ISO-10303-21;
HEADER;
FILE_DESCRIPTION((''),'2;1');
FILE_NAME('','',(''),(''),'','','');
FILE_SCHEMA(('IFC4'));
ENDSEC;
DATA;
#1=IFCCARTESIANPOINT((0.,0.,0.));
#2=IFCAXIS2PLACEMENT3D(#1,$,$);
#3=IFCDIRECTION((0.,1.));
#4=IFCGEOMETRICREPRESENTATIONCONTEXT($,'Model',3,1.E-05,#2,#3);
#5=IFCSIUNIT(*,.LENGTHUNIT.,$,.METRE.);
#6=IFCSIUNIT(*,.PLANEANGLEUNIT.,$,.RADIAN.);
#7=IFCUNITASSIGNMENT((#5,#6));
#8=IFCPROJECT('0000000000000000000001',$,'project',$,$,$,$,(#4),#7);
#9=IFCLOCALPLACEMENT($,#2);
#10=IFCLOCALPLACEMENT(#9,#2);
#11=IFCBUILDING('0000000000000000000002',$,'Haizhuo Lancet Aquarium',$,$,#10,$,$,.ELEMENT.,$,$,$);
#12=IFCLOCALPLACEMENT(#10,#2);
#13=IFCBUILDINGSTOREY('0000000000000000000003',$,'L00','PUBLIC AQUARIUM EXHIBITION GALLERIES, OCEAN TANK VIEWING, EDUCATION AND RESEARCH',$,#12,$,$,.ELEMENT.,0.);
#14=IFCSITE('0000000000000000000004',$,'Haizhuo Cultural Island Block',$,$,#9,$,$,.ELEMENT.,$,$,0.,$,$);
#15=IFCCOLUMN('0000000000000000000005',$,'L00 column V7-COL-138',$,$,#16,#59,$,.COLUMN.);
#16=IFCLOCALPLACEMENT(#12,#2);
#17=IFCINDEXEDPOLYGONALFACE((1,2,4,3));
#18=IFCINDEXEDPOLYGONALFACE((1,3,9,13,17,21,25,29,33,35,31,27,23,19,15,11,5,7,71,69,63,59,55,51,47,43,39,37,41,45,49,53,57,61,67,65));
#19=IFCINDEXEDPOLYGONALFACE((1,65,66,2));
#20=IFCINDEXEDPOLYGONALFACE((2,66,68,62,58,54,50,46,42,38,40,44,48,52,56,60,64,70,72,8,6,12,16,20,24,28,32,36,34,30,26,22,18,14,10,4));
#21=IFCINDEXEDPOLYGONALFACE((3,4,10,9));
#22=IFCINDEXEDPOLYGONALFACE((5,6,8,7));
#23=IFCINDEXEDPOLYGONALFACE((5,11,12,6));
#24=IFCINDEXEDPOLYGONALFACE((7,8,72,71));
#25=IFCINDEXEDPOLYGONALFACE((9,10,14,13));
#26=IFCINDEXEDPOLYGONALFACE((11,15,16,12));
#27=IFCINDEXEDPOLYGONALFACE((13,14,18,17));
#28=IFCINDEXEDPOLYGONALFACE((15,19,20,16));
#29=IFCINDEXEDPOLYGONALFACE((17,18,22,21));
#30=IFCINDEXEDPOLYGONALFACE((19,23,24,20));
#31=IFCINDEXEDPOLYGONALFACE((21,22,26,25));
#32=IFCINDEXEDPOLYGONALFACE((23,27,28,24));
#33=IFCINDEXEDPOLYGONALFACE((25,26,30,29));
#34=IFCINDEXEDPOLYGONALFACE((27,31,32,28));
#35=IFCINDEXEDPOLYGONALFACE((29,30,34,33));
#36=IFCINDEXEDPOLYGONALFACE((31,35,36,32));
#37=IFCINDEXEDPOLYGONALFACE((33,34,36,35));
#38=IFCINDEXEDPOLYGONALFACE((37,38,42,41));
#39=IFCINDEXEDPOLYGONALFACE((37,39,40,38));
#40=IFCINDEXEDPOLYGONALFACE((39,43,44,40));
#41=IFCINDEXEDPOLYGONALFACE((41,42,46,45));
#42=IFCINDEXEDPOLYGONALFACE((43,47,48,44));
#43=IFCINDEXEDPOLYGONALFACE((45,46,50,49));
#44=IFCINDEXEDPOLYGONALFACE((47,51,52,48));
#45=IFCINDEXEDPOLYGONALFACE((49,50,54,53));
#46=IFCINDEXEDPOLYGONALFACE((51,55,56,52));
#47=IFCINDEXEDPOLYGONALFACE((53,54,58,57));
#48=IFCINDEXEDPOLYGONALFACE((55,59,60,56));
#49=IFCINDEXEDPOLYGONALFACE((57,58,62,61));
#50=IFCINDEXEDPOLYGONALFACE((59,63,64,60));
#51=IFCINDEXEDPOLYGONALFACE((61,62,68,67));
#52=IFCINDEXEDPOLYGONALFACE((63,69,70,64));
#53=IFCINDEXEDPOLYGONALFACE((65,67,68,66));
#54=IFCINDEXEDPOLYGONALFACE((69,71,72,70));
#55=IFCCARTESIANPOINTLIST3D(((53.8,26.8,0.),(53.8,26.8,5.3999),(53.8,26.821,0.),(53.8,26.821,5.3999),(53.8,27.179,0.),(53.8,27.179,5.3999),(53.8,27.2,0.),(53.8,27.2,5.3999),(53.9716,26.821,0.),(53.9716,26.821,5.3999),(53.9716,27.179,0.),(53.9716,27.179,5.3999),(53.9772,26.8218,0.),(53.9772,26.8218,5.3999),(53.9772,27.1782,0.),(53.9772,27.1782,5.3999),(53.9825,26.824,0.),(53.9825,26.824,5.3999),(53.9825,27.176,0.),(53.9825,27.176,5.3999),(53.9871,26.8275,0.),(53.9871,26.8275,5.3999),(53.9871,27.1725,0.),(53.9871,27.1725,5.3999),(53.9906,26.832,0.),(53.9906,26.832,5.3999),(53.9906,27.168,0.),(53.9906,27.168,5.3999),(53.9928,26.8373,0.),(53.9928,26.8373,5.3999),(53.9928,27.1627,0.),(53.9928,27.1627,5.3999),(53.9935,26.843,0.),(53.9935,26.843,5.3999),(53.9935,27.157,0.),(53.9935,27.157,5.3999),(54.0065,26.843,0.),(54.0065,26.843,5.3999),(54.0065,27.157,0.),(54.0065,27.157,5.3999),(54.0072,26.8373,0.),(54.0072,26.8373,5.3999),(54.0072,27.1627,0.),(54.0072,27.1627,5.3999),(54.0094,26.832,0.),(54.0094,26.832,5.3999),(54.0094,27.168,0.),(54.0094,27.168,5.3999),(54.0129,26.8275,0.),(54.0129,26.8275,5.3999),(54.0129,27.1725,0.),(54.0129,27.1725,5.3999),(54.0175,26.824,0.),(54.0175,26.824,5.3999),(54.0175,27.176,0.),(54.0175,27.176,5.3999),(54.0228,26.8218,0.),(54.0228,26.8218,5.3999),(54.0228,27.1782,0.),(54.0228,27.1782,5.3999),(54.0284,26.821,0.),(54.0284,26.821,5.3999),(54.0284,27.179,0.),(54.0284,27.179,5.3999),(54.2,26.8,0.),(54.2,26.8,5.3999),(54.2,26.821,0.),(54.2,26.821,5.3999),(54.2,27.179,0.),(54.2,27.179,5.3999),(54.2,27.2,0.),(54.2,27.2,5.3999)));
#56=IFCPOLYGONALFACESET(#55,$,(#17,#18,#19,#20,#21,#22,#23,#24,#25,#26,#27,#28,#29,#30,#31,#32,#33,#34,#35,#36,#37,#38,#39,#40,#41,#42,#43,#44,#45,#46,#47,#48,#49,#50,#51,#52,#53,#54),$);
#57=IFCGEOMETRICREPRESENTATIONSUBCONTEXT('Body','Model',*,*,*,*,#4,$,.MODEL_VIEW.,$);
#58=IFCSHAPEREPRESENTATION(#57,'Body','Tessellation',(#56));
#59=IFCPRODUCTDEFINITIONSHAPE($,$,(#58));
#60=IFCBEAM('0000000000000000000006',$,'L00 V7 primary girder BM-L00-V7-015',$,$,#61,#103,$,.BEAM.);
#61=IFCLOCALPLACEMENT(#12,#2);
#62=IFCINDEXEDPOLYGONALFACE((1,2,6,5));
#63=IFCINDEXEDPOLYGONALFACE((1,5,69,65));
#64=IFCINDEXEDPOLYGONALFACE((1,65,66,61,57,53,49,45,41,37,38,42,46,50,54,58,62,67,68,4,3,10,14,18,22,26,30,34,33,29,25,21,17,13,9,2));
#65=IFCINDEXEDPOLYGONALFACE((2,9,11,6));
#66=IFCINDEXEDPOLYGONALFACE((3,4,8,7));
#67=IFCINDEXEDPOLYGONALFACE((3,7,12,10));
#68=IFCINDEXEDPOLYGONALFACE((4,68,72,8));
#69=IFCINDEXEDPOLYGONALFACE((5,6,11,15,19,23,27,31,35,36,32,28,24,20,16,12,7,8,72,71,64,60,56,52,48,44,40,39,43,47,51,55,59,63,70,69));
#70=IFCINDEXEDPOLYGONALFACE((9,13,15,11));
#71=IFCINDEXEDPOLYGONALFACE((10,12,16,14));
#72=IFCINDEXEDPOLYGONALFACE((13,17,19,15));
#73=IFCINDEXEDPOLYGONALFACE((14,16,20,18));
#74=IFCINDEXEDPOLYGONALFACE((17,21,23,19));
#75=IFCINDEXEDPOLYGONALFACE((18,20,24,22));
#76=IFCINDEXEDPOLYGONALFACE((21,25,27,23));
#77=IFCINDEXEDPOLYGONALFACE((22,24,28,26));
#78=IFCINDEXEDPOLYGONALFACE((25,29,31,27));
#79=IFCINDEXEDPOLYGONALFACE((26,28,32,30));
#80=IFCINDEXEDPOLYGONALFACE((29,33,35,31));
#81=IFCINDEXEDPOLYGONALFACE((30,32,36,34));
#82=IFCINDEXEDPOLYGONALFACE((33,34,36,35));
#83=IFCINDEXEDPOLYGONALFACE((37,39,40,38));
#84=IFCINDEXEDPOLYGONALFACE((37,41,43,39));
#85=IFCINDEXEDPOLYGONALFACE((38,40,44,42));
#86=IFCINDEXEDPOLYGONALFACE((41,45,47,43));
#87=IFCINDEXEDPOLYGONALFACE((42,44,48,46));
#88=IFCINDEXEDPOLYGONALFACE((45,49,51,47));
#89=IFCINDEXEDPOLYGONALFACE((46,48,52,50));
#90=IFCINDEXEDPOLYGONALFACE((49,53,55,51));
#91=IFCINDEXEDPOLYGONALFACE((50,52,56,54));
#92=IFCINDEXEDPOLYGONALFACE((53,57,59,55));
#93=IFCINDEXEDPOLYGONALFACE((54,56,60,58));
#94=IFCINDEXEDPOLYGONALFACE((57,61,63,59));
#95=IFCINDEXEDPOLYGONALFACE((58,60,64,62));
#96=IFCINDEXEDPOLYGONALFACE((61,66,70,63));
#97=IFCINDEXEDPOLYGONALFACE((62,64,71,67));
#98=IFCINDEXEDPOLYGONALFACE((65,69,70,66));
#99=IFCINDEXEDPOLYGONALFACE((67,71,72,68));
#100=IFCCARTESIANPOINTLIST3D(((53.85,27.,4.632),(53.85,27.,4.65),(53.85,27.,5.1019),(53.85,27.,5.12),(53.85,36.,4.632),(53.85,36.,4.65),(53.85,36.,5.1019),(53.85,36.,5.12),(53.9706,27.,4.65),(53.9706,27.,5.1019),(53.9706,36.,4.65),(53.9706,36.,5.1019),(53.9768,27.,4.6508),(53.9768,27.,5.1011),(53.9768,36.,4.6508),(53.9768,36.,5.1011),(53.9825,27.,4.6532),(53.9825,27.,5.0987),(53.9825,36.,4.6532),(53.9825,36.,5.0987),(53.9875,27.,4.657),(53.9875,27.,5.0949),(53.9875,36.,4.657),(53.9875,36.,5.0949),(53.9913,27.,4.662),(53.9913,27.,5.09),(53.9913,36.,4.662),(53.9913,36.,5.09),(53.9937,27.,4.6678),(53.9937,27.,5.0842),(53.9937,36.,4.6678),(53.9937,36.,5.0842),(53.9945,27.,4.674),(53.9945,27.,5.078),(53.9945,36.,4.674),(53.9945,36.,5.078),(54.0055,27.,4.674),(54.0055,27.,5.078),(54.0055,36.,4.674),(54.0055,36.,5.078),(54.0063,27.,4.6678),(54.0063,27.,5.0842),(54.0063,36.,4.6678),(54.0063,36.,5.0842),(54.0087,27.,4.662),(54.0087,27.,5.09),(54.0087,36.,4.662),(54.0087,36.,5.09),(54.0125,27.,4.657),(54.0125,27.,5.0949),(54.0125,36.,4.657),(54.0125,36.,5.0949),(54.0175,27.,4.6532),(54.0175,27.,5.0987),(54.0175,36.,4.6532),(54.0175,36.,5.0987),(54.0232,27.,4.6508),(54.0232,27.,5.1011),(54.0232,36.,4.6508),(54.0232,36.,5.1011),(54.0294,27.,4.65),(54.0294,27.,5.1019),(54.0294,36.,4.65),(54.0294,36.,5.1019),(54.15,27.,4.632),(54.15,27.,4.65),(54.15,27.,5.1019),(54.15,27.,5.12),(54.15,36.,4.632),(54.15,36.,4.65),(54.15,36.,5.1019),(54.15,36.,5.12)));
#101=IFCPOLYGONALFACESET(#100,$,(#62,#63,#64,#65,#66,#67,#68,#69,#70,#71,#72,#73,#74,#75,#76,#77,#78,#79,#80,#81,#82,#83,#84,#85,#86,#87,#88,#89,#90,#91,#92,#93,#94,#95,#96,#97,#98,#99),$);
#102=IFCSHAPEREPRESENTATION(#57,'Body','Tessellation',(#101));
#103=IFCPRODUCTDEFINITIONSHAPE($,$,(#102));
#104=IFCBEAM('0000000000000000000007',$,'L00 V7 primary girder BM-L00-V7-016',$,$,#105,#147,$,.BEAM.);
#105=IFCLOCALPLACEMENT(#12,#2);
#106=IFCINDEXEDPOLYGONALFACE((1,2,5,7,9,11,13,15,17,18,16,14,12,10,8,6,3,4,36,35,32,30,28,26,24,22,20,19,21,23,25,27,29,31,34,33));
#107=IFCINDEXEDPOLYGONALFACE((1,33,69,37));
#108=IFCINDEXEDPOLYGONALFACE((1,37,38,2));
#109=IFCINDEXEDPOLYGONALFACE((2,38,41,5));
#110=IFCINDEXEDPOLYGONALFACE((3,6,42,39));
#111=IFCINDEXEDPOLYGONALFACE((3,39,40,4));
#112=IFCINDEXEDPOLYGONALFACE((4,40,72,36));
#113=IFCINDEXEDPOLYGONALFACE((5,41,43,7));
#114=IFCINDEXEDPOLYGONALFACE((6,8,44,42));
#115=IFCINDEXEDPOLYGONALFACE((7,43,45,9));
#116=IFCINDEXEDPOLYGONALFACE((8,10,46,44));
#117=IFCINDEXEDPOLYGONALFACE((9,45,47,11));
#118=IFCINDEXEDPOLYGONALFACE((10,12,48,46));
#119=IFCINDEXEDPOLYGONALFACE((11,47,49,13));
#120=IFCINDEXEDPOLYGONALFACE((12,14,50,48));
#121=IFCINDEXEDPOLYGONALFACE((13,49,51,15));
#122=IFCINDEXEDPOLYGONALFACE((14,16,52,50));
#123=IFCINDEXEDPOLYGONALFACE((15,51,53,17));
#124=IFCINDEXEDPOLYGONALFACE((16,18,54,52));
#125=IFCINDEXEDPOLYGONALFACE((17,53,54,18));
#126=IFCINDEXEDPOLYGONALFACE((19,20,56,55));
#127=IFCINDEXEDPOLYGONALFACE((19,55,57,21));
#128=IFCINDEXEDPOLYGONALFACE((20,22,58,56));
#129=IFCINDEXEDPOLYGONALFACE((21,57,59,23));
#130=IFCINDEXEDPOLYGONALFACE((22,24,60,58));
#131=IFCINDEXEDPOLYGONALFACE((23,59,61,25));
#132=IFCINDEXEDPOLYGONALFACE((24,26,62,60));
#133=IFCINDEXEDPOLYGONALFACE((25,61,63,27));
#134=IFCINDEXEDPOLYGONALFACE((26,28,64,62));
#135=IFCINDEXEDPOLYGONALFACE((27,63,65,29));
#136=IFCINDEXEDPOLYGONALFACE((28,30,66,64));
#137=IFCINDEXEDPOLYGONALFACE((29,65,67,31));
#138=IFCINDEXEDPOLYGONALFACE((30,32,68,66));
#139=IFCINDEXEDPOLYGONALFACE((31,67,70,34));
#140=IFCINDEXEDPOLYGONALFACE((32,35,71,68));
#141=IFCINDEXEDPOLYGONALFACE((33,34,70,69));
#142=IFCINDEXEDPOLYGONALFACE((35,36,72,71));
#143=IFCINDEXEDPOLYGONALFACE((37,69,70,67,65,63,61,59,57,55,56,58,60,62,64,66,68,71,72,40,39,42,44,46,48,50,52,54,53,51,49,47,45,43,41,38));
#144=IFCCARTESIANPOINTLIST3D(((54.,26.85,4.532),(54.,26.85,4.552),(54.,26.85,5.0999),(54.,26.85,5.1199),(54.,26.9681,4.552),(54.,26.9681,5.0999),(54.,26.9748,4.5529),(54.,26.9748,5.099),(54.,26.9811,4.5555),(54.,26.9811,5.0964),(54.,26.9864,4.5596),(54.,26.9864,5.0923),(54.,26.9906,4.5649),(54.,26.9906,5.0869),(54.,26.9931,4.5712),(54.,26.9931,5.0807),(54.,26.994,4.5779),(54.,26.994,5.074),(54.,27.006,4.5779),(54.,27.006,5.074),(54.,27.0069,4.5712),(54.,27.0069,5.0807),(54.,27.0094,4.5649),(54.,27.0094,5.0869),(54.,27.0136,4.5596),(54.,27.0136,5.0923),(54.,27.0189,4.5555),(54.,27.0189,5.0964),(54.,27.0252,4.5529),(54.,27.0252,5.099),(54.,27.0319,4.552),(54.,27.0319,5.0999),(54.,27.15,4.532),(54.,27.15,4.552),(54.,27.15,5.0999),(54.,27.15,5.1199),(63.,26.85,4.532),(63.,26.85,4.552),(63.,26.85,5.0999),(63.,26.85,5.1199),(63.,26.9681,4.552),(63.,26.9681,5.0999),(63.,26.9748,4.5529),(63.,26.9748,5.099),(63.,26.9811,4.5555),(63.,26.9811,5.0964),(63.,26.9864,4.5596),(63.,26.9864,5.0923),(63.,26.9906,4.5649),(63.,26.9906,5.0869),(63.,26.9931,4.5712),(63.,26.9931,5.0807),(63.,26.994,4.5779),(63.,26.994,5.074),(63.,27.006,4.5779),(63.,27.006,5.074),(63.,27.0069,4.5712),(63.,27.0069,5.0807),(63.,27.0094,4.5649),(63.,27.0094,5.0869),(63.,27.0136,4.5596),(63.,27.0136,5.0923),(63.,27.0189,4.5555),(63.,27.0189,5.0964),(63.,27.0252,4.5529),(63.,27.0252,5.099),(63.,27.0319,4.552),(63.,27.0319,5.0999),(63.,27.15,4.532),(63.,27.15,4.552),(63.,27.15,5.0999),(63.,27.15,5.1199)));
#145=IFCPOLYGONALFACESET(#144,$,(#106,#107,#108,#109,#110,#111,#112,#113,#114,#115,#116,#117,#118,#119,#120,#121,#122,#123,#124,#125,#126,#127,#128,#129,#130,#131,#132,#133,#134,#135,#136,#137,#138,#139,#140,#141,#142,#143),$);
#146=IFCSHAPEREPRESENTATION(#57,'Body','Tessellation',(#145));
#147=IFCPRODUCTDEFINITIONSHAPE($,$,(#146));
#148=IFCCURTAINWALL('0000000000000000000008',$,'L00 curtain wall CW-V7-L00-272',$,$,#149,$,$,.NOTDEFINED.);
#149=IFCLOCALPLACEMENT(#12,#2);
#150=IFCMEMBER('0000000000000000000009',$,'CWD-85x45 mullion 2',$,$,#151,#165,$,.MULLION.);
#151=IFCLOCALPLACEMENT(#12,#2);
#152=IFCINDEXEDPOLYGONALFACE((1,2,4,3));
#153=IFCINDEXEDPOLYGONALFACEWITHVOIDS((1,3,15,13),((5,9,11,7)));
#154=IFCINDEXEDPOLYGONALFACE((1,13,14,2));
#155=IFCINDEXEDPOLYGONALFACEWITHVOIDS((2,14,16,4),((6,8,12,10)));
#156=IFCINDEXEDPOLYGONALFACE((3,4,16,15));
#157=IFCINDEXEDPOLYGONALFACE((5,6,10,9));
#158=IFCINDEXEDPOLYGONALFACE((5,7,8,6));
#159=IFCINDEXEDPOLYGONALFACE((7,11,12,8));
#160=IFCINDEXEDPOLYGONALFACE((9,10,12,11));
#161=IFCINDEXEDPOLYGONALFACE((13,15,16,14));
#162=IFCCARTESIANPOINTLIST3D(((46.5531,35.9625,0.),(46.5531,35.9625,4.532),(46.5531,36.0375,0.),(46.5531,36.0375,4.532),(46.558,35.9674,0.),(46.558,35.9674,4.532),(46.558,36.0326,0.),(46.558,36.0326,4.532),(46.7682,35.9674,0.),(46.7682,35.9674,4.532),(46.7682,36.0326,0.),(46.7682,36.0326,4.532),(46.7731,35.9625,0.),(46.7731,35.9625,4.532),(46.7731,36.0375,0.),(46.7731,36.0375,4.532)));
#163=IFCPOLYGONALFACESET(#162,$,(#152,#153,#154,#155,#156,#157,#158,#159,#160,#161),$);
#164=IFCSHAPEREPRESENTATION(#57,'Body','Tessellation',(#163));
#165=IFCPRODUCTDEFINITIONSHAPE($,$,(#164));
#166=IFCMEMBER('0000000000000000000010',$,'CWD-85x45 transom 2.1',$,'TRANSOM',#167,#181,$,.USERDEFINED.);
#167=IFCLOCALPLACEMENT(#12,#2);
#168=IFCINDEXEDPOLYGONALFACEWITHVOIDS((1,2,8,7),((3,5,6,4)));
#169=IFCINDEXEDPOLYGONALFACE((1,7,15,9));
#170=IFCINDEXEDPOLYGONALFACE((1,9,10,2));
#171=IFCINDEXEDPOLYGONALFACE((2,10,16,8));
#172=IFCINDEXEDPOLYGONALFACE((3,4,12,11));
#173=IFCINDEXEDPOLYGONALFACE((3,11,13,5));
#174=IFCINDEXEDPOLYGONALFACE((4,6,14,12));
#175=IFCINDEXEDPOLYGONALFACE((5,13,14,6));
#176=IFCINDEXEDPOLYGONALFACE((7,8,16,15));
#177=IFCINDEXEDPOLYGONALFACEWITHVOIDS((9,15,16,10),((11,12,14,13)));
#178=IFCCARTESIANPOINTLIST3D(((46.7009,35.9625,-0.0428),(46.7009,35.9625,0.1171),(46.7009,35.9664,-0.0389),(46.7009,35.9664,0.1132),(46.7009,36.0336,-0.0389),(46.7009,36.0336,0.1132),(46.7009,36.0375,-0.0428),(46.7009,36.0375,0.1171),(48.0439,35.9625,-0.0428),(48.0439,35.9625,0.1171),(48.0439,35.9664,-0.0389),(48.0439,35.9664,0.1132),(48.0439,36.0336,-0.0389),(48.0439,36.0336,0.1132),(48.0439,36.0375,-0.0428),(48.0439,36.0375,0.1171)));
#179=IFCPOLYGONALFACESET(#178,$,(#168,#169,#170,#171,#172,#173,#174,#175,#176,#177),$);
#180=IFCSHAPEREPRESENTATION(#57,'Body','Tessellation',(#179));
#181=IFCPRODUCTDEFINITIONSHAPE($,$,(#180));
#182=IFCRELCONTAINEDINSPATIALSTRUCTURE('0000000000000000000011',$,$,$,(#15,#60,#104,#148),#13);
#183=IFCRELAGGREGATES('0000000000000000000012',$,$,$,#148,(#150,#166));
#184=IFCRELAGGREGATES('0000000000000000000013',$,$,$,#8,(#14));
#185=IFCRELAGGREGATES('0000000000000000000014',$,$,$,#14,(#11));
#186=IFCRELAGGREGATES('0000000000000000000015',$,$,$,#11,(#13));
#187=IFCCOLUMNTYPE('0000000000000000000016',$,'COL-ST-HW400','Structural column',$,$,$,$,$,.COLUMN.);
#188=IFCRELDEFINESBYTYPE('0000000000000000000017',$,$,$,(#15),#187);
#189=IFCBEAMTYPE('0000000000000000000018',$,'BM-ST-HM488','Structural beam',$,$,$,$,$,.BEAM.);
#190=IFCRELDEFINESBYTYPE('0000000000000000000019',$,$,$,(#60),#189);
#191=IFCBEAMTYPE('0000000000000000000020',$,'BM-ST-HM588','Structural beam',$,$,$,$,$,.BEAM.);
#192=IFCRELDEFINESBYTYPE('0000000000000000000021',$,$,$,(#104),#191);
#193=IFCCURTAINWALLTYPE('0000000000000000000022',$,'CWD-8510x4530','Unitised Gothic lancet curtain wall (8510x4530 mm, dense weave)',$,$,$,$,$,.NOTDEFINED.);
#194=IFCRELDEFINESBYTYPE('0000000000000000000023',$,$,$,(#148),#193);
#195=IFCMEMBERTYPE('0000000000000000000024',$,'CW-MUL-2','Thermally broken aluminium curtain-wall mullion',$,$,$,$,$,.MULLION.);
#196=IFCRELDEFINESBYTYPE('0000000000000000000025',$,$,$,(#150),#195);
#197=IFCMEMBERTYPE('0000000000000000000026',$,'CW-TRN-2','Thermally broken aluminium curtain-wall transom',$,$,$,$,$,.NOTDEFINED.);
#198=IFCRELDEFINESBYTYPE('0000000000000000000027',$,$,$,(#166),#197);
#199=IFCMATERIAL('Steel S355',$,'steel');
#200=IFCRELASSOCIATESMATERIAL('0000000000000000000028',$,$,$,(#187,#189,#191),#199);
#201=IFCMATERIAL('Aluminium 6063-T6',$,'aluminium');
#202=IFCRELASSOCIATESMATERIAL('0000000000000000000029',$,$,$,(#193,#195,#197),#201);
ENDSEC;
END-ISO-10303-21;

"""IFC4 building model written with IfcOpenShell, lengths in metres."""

from ifc_helpers import new_model, si_unit, direction, frame, origin, origin_2d, place, context, subcontext, project, spatial, hollow_rectangle, i_section, extrude, material, material_profile, profile_set, type_object, element, aggregate, save


model = new_model("IFC4")

# Units and contexts
model_context = context("Model", 3, precision=1e-05, world=origin(), true_north=direction((0.0, 1.0)))
body_context = subcontext(model_context, "Body", "Model", "MODEL_VIEW")
ifc_project = project(units=[si_unit("LENGTHUNIT", "METRE"), si_unit("PLANEANGLEUNIT", "RADIAN")], contexts=[model_context])

# Site, building, storey
site_placement = place(None, origin())
site = spatial("IfcSite", under=ifc_project, at=site_placement, Name="Haizhuo Cultural Island Block", CompositionType="ELEMENT", RefElevation=0.0)
building_placement = place(site_placement, origin())
building = spatial("IfcBuilding", under=site, at=building_placement, Name="Haizhuo Lancet Aquarium", CompositionType="ELEMENT")
storey_placement = place(building_placement, origin())
storey = spatial("IfcBuildingStorey", under=building, at=storey_placement, Name="L00", Description="PUBLIC AQUARIUM EXHIBITION GALLERIES, OCEAN TANK VIEWING, EDUCATION AND RESEARCH", CompositionType="ELEMENT", Elevation=0.0)

# Column
ifc_material_1 = material(Name="Steel S355", Category="steel")
ifc_material_profile_1 = material_profile(ifc_material_1, i_section(OverallWidth=0.3999, OverallDepth=0.3999, WebThickness=0.0129, FlangeThickness=0.021, FilletRadius=0.022, at=origin_2d()), Name="HW 400x400x13x21")
ifc_profile_set_1 = profile_set([ifc_material_profile_1], Name="Steel S355")
column_type = type_object("IfcColumnType", Name="COL-ST-HW400", Description="Structural column", PredefinedType="COLUMN", material=ifc_profile_set_1)
column_placement = place(storey_placement, frame((54.0, 27.0, 0.0), z_axis=(0.0, 0.0, 1.0), x_axis=(1.0, 0.0, 0.0)))
element("IfcColumn", 1, at=column_placement, inside=storey, type_object=column_type, Name="L00 column V7-COL-138", PredefinedType="COLUMN", context=body_context, shape_type="SweptSolid", body=[
    extrude(i_section(OverallWidth=0.3999, OverallDepth=0.3999, WebThickness=0.0129, FlangeThickness=0.021, FilletRadius=0.022, at=origin_2d()), origin(), (0.0, 0.0, 1.0), 5.3999),
])

# Beams
ifc_material_profile_2 = material_profile(ifc_material_1, i_section(OverallWidth=0.3, OverallDepth=0.488, WebThickness=0.011, FlangeThickness=0.0181, FilletRadius=0.0239, at=origin_2d()), Name="HM 488x300x11x18")
ifc_profile_set_2 = profile_set([ifc_material_profile_2], Name="Steel S355")
beam_type_1 = type_object("IfcBeamType", Name="BM-ST-HM488", Description="Structural beam", PredefinedType="BEAM", material=ifc_profile_set_2)
beam_1_placement = place(storey_placement, frame((54.0, 27.0, 4.876), z_axis=(0.0, 1.0, 0.0), x_axis=(-1.0, 0.0, 0.0)))
element("IfcBeam", 2, at=beam_1_placement, inside=storey, type_object=beam_type_1, Name="L00 V7 primary girder BM-L00-V7-015", PredefinedType="BEAM", context=body_context, shape_type="SweptSolid", body=[
    extrude(i_section(OverallWidth=0.3, OverallDepth=0.488, WebThickness=0.011, FlangeThickness=0.0181, FilletRadius=0.0239, at=origin_2d()), origin(), (0.0, 0.0, 1.0), 9.0),
])
ifc_material_profile_3 = material_profile(ifc_material_1, i_section(OverallWidth=0.3, OverallDepth=0.5879, WebThickness=0.012, FlangeThickness=0.02, FilletRadius=0.0259, at=origin_2d()), Name="HM 588x300x12x20")
ifc_profile_set_3 = profile_set([ifc_material_profile_3], Name="Steel S355")
beam_type_2 = type_object("IfcBeamType", Name="BM-ST-HM588", Description="Structural beam", PredefinedType="BEAM", material=ifc_profile_set_3)
beam_2_placement = place(storey_placement, frame((54.0, 27.0, 4.8259), z_axis=(1.0, 0.0, 0.0), x_axis=(0.0, 1.0, 0.0)))
element("IfcBeam", 3, at=beam_2_placement, inside=storey, type_object=beam_type_2, Name="L00 V7 primary girder BM-L00-V7-016", PredefinedType="BEAM", context=body_context, shape_type="SweptSolid", body=[
    extrude(i_section(OverallWidth=0.3, OverallDepth=0.5879, WebThickness=0.012, FlangeThickness=0.02, FilletRadius=0.0259, at=origin_2d()), origin(), (0.0, 0.0, 1.0), 9.0),
])

# Curtain wall, members
ifc_material_2 = material(Name="Aluminium 6063-T6", Category="aluminium")
curtain_wall_type = type_object("IfcCurtainWallType", Name="CWD-8510x4530", Description="Unitised Gothic lancet curtain wall (8510x4530 mm, dense weave)", PredefinedType="NOTDEFINED", material=ifc_material_2)
curtain_wall_placement = place(storey_placement, origin())
curtain_wall = element("IfcCurtainWall", 4, at=curtain_wall_placement, inside=storey, type_object=curtain_wall_type, Name="L00 curtain wall CW-V7-L00-272", PredefinedType="NOTDEFINED")
ifc_material_profile_4 = material_profile(ifc_material_2, hollow_rectangle(XDim=0.075, YDim=0.22, WallThickness=0.0049, at=origin_2d()), Name="ALU-M 75x220x5")
ifc_profile_set_4 = profile_set([ifc_material_profile_4], Name="Aluminium 6063-T6")
member_type_1 = type_object("IfcMemberType", Name="CW-MUL-2", Description="Thermally broken aluminium curtain-wall mullion", PredefinedType="MULLION", material=ifc_profile_set_4)
member_1_placement = place(storey_placement, frame((46.6631, 36.0, 0.0), z_axis=(0.0, 0.0, 1.0), x_axis=(0.0, 1.0, 0.0)))
member_1 = element("IfcMember", 5, at=member_1_placement, type_object=member_type_1, Name="CWD-85x45 mullion 2", PredefinedType="MULLION", context=body_context, shape_type="SweptSolid", body=[
    extrude(hollow_rectangle(XDim=0.075, YDim=0.22, WallThickness=0.0049, at=origin_2d()), origin(), (0.0, 0.0, 1.0), 4.532),
])
ifc_material_profile_5 = material_profile(ifc_material_2, hollow_rectangle(XDim=0.075, YDim=0.1599, WallThickness=0.0039, at=origin_2d()), Name="ALU-T 75x160x4")
ifc_profile_set_5 = profile_set([ifc_material_profile_5], Name="Aluminium 6063-T6")
member_type_2 = type_object("IfcMemberType", Name="CW-TRN-2", Description="Thermally broken aluminium curtain-wall transom", PredefinedType="NOTDEFINED", material=ifc_profile_set_5)
member_2_placement = place(storey_placement, frame((46.7009, 36.0, 0.0371), z_axis=(1.0, 0.0, 0.0), x_axis=(0.0, 1.0, 0.0)))
member_2 = element("IfcMember", 6, at=member_2_placement, type_object=member_type_2, Name="CWD-85x45 transom 2.1", ObjectType="TRANSOM", PredefinedType="USERDEFINED", context=body_context, shape_type="SweptSolid", body=[
    extrude(hollow_rectangle(XDim=0.075, YDim=0.1599, WallThickness=0.0039, at=origin_2d()), origin(), (0.0, 0.0, 1.0), 1.343),
])

aggregate(curtain_wall, [member_1, member_2])

save(model, "model.ifc")
